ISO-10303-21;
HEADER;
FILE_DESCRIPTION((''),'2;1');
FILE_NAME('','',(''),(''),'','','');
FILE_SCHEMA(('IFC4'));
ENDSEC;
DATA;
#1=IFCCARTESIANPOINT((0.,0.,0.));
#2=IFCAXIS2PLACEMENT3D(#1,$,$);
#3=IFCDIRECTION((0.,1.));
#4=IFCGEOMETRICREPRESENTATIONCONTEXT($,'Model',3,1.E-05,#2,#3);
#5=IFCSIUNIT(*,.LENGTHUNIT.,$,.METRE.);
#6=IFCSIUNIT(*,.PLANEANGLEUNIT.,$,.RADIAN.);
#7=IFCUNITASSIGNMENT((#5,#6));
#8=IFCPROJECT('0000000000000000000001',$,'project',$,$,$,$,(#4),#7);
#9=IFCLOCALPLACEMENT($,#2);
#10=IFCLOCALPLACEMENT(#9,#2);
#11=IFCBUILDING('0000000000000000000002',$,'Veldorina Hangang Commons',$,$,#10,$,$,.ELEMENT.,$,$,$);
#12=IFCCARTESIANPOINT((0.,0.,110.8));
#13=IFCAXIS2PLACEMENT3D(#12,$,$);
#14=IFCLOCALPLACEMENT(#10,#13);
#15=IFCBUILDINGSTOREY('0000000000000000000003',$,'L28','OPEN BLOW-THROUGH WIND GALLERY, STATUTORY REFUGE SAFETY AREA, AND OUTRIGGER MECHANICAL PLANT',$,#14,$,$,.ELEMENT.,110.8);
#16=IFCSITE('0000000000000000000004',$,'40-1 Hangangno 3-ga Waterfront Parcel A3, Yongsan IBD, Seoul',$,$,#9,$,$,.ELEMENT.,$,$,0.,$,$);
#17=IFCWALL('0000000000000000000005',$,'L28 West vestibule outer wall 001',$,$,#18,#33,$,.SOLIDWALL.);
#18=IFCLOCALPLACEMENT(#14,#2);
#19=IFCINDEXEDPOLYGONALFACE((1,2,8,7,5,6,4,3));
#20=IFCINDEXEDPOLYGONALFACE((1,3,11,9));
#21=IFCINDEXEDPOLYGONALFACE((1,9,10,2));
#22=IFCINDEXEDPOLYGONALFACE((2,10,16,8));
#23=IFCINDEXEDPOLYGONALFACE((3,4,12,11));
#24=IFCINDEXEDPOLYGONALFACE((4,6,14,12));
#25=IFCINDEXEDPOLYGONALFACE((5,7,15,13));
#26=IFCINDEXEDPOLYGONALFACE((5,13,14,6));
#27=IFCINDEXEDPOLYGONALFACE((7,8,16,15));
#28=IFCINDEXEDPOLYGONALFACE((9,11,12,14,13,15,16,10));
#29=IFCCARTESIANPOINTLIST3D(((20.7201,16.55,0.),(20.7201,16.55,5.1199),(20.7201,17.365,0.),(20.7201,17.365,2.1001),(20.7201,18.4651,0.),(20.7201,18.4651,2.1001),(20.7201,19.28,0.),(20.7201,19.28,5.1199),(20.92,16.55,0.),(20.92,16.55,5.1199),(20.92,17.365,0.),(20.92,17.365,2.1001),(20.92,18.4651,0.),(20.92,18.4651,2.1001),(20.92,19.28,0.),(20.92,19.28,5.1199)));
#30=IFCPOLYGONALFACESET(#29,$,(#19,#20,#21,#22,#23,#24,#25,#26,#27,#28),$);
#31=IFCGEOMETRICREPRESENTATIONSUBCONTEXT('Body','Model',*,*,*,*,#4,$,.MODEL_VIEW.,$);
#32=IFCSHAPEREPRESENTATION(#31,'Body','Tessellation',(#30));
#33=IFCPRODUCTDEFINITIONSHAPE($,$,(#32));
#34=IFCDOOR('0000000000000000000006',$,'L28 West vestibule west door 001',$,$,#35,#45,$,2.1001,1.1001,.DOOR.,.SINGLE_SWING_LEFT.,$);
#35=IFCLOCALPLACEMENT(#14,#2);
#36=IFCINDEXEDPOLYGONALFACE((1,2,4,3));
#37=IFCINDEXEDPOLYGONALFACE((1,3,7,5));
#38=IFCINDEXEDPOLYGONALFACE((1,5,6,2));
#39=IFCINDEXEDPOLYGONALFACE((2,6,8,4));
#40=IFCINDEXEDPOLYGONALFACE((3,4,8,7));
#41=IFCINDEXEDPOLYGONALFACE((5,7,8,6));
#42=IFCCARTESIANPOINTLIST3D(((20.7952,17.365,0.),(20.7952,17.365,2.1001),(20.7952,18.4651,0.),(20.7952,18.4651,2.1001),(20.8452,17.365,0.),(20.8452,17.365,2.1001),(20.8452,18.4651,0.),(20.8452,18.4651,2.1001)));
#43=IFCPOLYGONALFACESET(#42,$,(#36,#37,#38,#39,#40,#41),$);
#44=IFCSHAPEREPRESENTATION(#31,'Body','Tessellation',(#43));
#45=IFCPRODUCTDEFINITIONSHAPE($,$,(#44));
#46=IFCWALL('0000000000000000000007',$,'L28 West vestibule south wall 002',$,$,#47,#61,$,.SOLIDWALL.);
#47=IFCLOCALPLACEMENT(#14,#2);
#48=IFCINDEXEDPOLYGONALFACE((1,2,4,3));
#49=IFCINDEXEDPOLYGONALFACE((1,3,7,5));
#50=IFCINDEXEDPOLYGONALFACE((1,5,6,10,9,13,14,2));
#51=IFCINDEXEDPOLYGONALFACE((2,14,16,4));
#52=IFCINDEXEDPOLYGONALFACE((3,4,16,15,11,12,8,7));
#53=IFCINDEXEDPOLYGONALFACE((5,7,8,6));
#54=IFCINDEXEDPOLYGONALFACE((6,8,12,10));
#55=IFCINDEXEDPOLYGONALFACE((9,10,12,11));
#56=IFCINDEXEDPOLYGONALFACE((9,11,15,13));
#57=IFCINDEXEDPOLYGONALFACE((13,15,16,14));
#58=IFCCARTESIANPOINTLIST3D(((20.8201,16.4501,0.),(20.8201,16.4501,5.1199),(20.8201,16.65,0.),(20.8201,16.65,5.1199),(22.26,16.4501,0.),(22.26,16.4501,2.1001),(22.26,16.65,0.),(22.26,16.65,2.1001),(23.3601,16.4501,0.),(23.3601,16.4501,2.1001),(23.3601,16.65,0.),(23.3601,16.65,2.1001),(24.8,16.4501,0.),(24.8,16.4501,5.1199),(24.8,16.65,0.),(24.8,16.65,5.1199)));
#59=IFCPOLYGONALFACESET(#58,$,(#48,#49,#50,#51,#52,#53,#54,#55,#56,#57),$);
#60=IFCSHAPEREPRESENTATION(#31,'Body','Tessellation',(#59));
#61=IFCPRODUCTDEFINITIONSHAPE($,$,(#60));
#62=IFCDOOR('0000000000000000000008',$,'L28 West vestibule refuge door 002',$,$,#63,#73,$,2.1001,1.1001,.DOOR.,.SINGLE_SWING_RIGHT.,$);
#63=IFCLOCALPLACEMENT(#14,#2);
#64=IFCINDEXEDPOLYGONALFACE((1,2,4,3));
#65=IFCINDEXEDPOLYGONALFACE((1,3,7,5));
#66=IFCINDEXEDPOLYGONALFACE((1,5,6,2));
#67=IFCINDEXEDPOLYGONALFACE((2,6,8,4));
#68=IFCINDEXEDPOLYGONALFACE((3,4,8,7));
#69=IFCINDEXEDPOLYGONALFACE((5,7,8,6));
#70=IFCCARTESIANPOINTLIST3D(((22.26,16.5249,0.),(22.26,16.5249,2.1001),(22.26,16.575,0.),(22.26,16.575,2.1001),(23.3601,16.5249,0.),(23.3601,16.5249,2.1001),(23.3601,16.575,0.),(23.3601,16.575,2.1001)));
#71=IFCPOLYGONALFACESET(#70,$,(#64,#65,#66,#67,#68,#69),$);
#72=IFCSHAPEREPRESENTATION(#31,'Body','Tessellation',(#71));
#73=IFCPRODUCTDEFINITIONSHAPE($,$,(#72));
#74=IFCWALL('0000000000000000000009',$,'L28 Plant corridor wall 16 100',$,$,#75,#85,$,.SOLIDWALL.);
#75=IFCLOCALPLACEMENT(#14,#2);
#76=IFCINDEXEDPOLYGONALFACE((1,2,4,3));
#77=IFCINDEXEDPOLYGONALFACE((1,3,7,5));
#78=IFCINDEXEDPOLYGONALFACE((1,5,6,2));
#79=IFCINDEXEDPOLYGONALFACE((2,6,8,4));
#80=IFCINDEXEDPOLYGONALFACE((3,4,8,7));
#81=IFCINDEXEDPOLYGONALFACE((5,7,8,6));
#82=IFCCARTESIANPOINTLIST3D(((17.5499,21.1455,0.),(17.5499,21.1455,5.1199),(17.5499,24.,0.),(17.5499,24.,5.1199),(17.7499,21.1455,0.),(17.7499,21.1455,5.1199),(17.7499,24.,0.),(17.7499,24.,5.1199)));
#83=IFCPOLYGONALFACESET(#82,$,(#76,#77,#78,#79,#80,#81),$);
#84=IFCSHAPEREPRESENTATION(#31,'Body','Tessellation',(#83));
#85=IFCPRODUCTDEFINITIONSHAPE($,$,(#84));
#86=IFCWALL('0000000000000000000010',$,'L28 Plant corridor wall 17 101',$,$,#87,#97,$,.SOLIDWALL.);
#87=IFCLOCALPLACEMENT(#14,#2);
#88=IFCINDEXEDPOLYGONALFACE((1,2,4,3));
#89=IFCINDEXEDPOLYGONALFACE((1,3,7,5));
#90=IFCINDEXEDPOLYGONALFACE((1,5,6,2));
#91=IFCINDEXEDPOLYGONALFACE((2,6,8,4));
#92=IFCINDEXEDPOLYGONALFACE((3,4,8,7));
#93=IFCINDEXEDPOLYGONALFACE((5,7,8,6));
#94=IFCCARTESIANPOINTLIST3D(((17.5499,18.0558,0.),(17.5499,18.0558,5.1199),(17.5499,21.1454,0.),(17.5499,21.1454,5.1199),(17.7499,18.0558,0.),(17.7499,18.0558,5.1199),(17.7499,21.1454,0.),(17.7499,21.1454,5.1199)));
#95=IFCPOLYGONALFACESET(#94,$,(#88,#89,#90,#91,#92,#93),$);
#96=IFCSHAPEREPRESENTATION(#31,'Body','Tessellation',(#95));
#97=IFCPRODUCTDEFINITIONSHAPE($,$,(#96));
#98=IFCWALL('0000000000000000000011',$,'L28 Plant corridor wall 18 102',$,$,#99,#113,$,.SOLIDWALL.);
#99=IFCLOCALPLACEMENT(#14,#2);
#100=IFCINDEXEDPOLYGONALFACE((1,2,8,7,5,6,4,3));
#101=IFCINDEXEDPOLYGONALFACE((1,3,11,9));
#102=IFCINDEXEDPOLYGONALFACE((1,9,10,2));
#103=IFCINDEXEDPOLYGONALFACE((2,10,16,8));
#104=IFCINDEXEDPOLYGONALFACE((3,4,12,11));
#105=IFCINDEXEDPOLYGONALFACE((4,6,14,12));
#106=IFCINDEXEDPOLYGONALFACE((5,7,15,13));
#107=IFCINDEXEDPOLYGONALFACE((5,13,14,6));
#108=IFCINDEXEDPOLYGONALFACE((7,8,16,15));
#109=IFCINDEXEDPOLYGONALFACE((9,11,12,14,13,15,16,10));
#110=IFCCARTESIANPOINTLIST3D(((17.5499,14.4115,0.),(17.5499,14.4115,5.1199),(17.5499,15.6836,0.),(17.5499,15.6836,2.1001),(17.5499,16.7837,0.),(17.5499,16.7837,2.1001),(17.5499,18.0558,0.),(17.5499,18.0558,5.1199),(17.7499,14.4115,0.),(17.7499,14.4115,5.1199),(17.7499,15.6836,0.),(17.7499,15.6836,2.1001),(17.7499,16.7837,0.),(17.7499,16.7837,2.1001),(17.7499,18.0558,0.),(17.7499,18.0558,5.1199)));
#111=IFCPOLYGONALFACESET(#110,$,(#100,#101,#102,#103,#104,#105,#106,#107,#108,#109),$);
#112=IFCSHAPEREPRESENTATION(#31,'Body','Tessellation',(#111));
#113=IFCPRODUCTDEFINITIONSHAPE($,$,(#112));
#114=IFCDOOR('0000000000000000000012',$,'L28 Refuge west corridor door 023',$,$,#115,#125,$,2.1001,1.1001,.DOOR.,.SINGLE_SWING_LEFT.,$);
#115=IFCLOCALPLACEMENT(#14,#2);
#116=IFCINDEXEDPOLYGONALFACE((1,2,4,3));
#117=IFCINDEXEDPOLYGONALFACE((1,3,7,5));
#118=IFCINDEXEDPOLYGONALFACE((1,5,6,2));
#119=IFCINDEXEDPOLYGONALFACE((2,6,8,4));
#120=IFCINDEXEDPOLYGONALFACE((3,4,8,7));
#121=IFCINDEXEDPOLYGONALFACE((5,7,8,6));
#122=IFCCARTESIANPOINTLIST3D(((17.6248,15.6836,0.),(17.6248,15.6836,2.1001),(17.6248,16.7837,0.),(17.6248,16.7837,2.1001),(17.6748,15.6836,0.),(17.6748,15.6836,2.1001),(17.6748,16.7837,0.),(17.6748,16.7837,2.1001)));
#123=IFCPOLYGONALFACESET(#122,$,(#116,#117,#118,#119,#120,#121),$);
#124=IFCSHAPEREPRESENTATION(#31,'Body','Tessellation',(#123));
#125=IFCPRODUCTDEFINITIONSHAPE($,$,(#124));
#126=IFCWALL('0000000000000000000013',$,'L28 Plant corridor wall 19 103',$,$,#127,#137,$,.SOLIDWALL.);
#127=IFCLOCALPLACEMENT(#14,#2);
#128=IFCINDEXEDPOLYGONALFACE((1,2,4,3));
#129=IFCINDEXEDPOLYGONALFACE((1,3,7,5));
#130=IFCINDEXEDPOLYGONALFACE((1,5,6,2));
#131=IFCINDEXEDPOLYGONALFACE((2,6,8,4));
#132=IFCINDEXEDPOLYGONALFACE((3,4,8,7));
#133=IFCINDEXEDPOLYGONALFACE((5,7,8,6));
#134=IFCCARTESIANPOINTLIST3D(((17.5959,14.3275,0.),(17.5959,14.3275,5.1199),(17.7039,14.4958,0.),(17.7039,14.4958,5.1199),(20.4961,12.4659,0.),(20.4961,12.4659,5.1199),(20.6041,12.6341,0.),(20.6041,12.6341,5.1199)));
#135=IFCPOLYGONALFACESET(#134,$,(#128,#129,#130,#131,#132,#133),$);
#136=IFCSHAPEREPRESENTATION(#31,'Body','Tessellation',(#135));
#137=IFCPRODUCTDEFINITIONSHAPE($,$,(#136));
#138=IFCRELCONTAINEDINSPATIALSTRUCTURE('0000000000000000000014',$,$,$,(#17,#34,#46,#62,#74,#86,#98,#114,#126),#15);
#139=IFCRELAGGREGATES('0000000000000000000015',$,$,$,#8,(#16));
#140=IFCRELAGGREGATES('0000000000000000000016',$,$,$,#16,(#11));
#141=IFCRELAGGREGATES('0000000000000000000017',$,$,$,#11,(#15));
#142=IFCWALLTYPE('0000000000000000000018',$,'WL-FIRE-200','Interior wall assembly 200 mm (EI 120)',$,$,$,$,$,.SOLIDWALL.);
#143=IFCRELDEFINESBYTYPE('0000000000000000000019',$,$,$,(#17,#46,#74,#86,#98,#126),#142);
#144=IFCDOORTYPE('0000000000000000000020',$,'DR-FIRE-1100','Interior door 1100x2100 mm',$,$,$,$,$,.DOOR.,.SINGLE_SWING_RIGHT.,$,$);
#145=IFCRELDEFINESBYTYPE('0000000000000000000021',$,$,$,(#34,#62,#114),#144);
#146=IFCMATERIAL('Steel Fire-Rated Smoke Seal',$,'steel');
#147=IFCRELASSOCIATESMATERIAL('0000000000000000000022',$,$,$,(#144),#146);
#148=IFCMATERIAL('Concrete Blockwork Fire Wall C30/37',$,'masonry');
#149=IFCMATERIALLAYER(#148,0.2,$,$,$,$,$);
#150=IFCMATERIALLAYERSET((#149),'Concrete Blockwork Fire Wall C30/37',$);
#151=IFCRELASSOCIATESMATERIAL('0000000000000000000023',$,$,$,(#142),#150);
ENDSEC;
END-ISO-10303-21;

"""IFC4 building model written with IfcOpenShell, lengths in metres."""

from ifc_helpers import new_model, si_unit, direction, frame, frame_2d, origin, place, context, subcontext, project, spatial, rectangle, extrude, material, layer, layer_set, type_object, element, fill, save


model = new_model("IFC4")

# Units and contexts
model_context = context("Model", 3, precision=1e-05, world=origin(), true_north=direction((0.0, 1.0)))
body_context = subcontext(model_context, "Body", "Model", "MODEL_VIEW")
ifc_project = project(units=[si_unit("LENGTHUNIT", "METRE"), si_unit("PLANEANGLEUNIT", "RADIAN")], contexts=[model_context])

# Site, building, storey
site_placement = place(None, origin())
site = spatial("IfcSite", under=ifc_project, at=site_placement, Name="40-1 Hangangno 3-ga Waterfront Parcel A3, Yongsan IBD, Seoul", CompositionType="ELEMENT", RefElevation=0.0)
building_placement = place(site_placement, origin())
building = spatial("IfcBuilding", under=site, at=building_placement, Name="Veldorina Hangang Commons", CompositionType="ELEMENT")
storey_placement = place(building_placement, frame((0.0, 0.0, 110.8)))
storey = spatial("IfcBuildingStorey", under=building, at=storey_placement, Name="L28", Description="OPEN BLOW-THROUGH WIND GALLERY, STATUTORY REFUGE SAFETY AREA, AND OUTRIGGER MECHANICAL PLANT", CompositionType="ELEMENT", Elevation=110.8)

# Walls, openings, doors
ifc_material_1 = material(Name="Steel Fire-Rated Smoke Seal", Category="steel")
door_type = type_object("IfcDoorType", Name="DR-FIRE-1100", Description="Interior door 1100x2100 mm", OperationType="SINGLE_SWING_RIGHT", PredefinedType="DOOR", material=ifc_material_1)
ifc_material_2 = material(Name="Concrete Blockwork Fire Wall C30/37", Category="masonry")
ifc_layer_1 = layer(ifc_material_2, 0.2)
ifc_layer_set_1 = layer_set([ifc_layer_1], Name="Concrete Blockwork Fire Wall C30/37")
wall_type_1 = type_object("IfcWallType", Name="WL-FIRE-200", Description="Interior wall assembly 200 mm (EI 120)", PredefinedType="SOLIDWALL", material=ifc_layer_set_1)
wall_1_placement = place(storey_placement, frame((20.8201, 16.55, 0.0), z_axis=(0.0, 0.0, 1.0), x_axis=(0.0, 1.0, 0.0)))
wall_1 = element("IfcWall", 1, at=wall_1_placement, inside=storey, type_object=wall_type_1, Name="L28 West vestibule outer wall 001", PredefinedType="SOLIDWALL", context=body_context, shape_type="SweptSolid", body=[
    extrude(rectangle(XDim=2.73, YDim=0.2, at=frame_2d((1.365, 0.0))), origin(), (0.0, 0.0, 1.0), 5.1199),
])
opening_1_placement = place(wall_1_placement, frame((0.8149, 0.0, 0.0)))
opening_1 = element("IfcOpeningElement", 2, at=opening_1_placement, cuts=wall_1, PredefinedType="OPENING", context=body_context, shape_type="SweptSolid", body=[
    extrude(rectangle(XDim=1.1001, YDim=2.1001, at=frame_2d((0.55, 1.05))), frame((0.0, 0.1099, 0.0), z_axis=(0.0, -1.0, 0.0), x_axis=(1.0, 0.0, 0.0)), (0.0, 0.0, 1.0), 0.22),
])
door_1_placement = place(opening_1_placement, origin())
door_1 = element("IfcDoor", 3, at=door_1_placement, inside=storey, type_object=door_type, Name="L28 West vestibule west door 001", OperationType="SINGLE_SWING_LEFT", OverallHeight=2.1001, OverallWidth=1.1001, PredefinedType="DOOR", context=body_context, shape_type="SweptSolid", body=[
    extrude(rectangle(XDim=1.1001, YDim=2.1001, at=frame_2d((0.55, 1.05))), frame((0.0, 0.0249, 0.0), z_axis=(0.0, -1.0, 0.0), x_axis=(1.0, 0.0, 0.0)), (0.0, 0.0, 1.0), 0.05),
])
fill(opening_1, door_1)
wall_2_placement = place(storey_placement, frame((20.8201, 16.55, 0.0), z_axis=(0.0, 0.0, 1.0), x_axis=(1.0, 0.0, 0.0)))
wall_2 = element("IfcWall", 4, at=wall_2_placement, inside=storey, type_object=wall_type_1, Name="L28 West vestibule south wall 002", PredefinedType="SOLIDWALL", context=body_context, shape_type="SweptSolid", body=[
    extrude(rectangle(XDim=3.98, YDim=0.2, at=frame_2d((1.99, 0.0))), origin(), (0.0, 0.0, 1.0), 5.1199),
])
opening_2_placement = place(wall_2_placement, frame((1.4399, 0.0, 0.0)))
opening_2 = element("IfcOpeningElement", 5, at=opening_2_placement, cuts=wall_2, PredefinedType="OPENING", context=body_context, shape_type="SweptSolid", body=[
    extrude(rectangle(XDim=1.1001, YDim=2.1001, at=frame_2d((0.55, 1.05))), frame((0.0, 0.1099, 0.0), z_axis=(0.0, -1.0, 0.0), x_axis=(1.0, 0.0, 0.0)), (0.0, 0.0, 1.0), 0.22),
])
door_2_placement = place(opening_2_placement, origin())
door_2 = element("IfcDoor", 6, at=door_2_placement, inside=storey, type_object=door_type, Name="L28 West vestibule refuge door 002", OperationType="SINGLE_SWING_RIGHT", OverallHeight=2.1001, OverallWidth=1.1001, PredefinedType="DOOR", context=body_context, shape_type="SweptSolid", body=[
    extrude(rectangle(XDim=1.1001, YDim=2.1001, at=frame_2d((0.55, 1.05))), frame((0.0, 0.0249, 0.0), z_axis=(0.0, -1.0, 0.0), x_axis=(1.0, 0.0, 0.0)), (0.0, 0.0, 1.0), 0.05),
])
fill(opening_2, door_2)

# Walls
wall_3_placement = place(storey_placement, frame((17.6499, 24.0, 0.0), z_axis=(0.0, 0.0, 1.0), x_axis=(0.0, -1.0, 0.0)))
element("IfcWall", 7, at=wall_3_placement, inside=storey, type_object=wall_type_1, Name="L28 Plant corridor wall 16 100", PredefinedType="SOLIDWALL", context=body_context, shape_type="SweptSolid", body=[
    extrude(rectangle(XDim=2.8545, YDim=0.2, at=frame_2d((1.4272, 0.0))), origin(), (0.0, 0.0, 1.0), 5.1199),
])
wall_4_placement = place(storey_placement, frame((17.6499, 21.1455, 0.0), z_axis=(0.0, 0.0, 1.0), x_axis=(0.0, -1.0, 0.0)))
element("IfcWall", 8, at=wall_4_placement, inside=storey, type_object=wall_type_1, Name="L28 Plant corridor wall 17 101", PredefinedType="SOLIDWALL", context=body_context, shape_type="SweptSolid", body=[
    extrude(rectangle(XDim=3.0896, YDim=0.2, at=frame_2d((1.5449, 0.0))), origin(), (0.0, 0.0, 1.0), 5.1199),
])

# Wall, opening, door
wall_5_placement = place(storey_placement, frame((17.6499, 18.0559, 0.0), z_axis=(0.0, 0.0, 1.0), x_axis=(0.0, -1.0, 0.0)))
wall_5 = element("IfcWall", 9, at=wall_5_placement, inside=storey, type_object=wall_type_1, Name="L28 Plant corridor wall 18 102", PredefinedType="SOLIDWALL", context=body_context, shape_type="SweptSolid", body=[
    extrude(rectangle(XDim=3.6443, YDim=0.2, at=frame_2d((1.8223, 0.0))), origin(), (0.0, 0.0, 1.0), 5.1199),
])
opening_3_placement = place(wall_5_placement, frame((1.2722, 0.0, 0.0)))
opening_3 = element("IfcOpeningElement", 10, at=opening_3_placement, cuts=wall_5, PredefinedType="OPENING", context=body_context, shape_type="SweptSolid", body=[
    extrude(rectangle(XDim=1.1001, YDim=2.1001, at=frame_2d((0.55, 1.05))), frame((0.0, 0.1099, 0.0), z_axis=(0.0, -1.0, 0.0), x_axis=(1.0, 0.0, 0.0)), (0.0, 0.0, 1.0), 0.22),
])
door_3_placement = place(opening_3_placement, origin())
door_3 = element("IfcDoor", 11, at=door_3_placement, inside=storey, type_object=door_type, Name="L28 Refuge west corridor door 023", OperationType="SINGLE_SWING_LEFT", OverallHeight=2.1001, OverallWidth=1.1001, PredefinedType="DOOR", context=body_context, shape_type="SweptSolid", body=[
    extrude(rectangle(XDim=1.1001, YDim=2.1001, at=frame_2d((0.55, 1.05))), frame((0.0, 0.0249, 0.0), z_axis=(0.0, -1.0, 0.0), x_axis=(1.0, 0.0, 0.0)), (0.0, 0.0, 1.0), 0.05),
])
fill(opening_3, door_3)

# Wall
wall_6_placement = place(storey_placement, frame((17.6499, 14.4116, 0.0), z_axis=(0.0, 0.0, 1.0), x_axis=(0.841549, -0.540181, 0.0)))
element("IfcWall", 12, at=wall_6_placement, inside=storey, type_object=wall_type_1, Name="L28 Plant corridor wall 19 103", PredefinedType="SOLIDWALL", context=body_context, shape_type="SweptSolid", body=[
    extrude(rectangle(XDim=3.4463, YDim=0.2, at=frame_2d((1.7231, 0.0))), origin(), (0.0, 0.0, 1.0), 5.1199),
])

save(model, "model.ifc")
